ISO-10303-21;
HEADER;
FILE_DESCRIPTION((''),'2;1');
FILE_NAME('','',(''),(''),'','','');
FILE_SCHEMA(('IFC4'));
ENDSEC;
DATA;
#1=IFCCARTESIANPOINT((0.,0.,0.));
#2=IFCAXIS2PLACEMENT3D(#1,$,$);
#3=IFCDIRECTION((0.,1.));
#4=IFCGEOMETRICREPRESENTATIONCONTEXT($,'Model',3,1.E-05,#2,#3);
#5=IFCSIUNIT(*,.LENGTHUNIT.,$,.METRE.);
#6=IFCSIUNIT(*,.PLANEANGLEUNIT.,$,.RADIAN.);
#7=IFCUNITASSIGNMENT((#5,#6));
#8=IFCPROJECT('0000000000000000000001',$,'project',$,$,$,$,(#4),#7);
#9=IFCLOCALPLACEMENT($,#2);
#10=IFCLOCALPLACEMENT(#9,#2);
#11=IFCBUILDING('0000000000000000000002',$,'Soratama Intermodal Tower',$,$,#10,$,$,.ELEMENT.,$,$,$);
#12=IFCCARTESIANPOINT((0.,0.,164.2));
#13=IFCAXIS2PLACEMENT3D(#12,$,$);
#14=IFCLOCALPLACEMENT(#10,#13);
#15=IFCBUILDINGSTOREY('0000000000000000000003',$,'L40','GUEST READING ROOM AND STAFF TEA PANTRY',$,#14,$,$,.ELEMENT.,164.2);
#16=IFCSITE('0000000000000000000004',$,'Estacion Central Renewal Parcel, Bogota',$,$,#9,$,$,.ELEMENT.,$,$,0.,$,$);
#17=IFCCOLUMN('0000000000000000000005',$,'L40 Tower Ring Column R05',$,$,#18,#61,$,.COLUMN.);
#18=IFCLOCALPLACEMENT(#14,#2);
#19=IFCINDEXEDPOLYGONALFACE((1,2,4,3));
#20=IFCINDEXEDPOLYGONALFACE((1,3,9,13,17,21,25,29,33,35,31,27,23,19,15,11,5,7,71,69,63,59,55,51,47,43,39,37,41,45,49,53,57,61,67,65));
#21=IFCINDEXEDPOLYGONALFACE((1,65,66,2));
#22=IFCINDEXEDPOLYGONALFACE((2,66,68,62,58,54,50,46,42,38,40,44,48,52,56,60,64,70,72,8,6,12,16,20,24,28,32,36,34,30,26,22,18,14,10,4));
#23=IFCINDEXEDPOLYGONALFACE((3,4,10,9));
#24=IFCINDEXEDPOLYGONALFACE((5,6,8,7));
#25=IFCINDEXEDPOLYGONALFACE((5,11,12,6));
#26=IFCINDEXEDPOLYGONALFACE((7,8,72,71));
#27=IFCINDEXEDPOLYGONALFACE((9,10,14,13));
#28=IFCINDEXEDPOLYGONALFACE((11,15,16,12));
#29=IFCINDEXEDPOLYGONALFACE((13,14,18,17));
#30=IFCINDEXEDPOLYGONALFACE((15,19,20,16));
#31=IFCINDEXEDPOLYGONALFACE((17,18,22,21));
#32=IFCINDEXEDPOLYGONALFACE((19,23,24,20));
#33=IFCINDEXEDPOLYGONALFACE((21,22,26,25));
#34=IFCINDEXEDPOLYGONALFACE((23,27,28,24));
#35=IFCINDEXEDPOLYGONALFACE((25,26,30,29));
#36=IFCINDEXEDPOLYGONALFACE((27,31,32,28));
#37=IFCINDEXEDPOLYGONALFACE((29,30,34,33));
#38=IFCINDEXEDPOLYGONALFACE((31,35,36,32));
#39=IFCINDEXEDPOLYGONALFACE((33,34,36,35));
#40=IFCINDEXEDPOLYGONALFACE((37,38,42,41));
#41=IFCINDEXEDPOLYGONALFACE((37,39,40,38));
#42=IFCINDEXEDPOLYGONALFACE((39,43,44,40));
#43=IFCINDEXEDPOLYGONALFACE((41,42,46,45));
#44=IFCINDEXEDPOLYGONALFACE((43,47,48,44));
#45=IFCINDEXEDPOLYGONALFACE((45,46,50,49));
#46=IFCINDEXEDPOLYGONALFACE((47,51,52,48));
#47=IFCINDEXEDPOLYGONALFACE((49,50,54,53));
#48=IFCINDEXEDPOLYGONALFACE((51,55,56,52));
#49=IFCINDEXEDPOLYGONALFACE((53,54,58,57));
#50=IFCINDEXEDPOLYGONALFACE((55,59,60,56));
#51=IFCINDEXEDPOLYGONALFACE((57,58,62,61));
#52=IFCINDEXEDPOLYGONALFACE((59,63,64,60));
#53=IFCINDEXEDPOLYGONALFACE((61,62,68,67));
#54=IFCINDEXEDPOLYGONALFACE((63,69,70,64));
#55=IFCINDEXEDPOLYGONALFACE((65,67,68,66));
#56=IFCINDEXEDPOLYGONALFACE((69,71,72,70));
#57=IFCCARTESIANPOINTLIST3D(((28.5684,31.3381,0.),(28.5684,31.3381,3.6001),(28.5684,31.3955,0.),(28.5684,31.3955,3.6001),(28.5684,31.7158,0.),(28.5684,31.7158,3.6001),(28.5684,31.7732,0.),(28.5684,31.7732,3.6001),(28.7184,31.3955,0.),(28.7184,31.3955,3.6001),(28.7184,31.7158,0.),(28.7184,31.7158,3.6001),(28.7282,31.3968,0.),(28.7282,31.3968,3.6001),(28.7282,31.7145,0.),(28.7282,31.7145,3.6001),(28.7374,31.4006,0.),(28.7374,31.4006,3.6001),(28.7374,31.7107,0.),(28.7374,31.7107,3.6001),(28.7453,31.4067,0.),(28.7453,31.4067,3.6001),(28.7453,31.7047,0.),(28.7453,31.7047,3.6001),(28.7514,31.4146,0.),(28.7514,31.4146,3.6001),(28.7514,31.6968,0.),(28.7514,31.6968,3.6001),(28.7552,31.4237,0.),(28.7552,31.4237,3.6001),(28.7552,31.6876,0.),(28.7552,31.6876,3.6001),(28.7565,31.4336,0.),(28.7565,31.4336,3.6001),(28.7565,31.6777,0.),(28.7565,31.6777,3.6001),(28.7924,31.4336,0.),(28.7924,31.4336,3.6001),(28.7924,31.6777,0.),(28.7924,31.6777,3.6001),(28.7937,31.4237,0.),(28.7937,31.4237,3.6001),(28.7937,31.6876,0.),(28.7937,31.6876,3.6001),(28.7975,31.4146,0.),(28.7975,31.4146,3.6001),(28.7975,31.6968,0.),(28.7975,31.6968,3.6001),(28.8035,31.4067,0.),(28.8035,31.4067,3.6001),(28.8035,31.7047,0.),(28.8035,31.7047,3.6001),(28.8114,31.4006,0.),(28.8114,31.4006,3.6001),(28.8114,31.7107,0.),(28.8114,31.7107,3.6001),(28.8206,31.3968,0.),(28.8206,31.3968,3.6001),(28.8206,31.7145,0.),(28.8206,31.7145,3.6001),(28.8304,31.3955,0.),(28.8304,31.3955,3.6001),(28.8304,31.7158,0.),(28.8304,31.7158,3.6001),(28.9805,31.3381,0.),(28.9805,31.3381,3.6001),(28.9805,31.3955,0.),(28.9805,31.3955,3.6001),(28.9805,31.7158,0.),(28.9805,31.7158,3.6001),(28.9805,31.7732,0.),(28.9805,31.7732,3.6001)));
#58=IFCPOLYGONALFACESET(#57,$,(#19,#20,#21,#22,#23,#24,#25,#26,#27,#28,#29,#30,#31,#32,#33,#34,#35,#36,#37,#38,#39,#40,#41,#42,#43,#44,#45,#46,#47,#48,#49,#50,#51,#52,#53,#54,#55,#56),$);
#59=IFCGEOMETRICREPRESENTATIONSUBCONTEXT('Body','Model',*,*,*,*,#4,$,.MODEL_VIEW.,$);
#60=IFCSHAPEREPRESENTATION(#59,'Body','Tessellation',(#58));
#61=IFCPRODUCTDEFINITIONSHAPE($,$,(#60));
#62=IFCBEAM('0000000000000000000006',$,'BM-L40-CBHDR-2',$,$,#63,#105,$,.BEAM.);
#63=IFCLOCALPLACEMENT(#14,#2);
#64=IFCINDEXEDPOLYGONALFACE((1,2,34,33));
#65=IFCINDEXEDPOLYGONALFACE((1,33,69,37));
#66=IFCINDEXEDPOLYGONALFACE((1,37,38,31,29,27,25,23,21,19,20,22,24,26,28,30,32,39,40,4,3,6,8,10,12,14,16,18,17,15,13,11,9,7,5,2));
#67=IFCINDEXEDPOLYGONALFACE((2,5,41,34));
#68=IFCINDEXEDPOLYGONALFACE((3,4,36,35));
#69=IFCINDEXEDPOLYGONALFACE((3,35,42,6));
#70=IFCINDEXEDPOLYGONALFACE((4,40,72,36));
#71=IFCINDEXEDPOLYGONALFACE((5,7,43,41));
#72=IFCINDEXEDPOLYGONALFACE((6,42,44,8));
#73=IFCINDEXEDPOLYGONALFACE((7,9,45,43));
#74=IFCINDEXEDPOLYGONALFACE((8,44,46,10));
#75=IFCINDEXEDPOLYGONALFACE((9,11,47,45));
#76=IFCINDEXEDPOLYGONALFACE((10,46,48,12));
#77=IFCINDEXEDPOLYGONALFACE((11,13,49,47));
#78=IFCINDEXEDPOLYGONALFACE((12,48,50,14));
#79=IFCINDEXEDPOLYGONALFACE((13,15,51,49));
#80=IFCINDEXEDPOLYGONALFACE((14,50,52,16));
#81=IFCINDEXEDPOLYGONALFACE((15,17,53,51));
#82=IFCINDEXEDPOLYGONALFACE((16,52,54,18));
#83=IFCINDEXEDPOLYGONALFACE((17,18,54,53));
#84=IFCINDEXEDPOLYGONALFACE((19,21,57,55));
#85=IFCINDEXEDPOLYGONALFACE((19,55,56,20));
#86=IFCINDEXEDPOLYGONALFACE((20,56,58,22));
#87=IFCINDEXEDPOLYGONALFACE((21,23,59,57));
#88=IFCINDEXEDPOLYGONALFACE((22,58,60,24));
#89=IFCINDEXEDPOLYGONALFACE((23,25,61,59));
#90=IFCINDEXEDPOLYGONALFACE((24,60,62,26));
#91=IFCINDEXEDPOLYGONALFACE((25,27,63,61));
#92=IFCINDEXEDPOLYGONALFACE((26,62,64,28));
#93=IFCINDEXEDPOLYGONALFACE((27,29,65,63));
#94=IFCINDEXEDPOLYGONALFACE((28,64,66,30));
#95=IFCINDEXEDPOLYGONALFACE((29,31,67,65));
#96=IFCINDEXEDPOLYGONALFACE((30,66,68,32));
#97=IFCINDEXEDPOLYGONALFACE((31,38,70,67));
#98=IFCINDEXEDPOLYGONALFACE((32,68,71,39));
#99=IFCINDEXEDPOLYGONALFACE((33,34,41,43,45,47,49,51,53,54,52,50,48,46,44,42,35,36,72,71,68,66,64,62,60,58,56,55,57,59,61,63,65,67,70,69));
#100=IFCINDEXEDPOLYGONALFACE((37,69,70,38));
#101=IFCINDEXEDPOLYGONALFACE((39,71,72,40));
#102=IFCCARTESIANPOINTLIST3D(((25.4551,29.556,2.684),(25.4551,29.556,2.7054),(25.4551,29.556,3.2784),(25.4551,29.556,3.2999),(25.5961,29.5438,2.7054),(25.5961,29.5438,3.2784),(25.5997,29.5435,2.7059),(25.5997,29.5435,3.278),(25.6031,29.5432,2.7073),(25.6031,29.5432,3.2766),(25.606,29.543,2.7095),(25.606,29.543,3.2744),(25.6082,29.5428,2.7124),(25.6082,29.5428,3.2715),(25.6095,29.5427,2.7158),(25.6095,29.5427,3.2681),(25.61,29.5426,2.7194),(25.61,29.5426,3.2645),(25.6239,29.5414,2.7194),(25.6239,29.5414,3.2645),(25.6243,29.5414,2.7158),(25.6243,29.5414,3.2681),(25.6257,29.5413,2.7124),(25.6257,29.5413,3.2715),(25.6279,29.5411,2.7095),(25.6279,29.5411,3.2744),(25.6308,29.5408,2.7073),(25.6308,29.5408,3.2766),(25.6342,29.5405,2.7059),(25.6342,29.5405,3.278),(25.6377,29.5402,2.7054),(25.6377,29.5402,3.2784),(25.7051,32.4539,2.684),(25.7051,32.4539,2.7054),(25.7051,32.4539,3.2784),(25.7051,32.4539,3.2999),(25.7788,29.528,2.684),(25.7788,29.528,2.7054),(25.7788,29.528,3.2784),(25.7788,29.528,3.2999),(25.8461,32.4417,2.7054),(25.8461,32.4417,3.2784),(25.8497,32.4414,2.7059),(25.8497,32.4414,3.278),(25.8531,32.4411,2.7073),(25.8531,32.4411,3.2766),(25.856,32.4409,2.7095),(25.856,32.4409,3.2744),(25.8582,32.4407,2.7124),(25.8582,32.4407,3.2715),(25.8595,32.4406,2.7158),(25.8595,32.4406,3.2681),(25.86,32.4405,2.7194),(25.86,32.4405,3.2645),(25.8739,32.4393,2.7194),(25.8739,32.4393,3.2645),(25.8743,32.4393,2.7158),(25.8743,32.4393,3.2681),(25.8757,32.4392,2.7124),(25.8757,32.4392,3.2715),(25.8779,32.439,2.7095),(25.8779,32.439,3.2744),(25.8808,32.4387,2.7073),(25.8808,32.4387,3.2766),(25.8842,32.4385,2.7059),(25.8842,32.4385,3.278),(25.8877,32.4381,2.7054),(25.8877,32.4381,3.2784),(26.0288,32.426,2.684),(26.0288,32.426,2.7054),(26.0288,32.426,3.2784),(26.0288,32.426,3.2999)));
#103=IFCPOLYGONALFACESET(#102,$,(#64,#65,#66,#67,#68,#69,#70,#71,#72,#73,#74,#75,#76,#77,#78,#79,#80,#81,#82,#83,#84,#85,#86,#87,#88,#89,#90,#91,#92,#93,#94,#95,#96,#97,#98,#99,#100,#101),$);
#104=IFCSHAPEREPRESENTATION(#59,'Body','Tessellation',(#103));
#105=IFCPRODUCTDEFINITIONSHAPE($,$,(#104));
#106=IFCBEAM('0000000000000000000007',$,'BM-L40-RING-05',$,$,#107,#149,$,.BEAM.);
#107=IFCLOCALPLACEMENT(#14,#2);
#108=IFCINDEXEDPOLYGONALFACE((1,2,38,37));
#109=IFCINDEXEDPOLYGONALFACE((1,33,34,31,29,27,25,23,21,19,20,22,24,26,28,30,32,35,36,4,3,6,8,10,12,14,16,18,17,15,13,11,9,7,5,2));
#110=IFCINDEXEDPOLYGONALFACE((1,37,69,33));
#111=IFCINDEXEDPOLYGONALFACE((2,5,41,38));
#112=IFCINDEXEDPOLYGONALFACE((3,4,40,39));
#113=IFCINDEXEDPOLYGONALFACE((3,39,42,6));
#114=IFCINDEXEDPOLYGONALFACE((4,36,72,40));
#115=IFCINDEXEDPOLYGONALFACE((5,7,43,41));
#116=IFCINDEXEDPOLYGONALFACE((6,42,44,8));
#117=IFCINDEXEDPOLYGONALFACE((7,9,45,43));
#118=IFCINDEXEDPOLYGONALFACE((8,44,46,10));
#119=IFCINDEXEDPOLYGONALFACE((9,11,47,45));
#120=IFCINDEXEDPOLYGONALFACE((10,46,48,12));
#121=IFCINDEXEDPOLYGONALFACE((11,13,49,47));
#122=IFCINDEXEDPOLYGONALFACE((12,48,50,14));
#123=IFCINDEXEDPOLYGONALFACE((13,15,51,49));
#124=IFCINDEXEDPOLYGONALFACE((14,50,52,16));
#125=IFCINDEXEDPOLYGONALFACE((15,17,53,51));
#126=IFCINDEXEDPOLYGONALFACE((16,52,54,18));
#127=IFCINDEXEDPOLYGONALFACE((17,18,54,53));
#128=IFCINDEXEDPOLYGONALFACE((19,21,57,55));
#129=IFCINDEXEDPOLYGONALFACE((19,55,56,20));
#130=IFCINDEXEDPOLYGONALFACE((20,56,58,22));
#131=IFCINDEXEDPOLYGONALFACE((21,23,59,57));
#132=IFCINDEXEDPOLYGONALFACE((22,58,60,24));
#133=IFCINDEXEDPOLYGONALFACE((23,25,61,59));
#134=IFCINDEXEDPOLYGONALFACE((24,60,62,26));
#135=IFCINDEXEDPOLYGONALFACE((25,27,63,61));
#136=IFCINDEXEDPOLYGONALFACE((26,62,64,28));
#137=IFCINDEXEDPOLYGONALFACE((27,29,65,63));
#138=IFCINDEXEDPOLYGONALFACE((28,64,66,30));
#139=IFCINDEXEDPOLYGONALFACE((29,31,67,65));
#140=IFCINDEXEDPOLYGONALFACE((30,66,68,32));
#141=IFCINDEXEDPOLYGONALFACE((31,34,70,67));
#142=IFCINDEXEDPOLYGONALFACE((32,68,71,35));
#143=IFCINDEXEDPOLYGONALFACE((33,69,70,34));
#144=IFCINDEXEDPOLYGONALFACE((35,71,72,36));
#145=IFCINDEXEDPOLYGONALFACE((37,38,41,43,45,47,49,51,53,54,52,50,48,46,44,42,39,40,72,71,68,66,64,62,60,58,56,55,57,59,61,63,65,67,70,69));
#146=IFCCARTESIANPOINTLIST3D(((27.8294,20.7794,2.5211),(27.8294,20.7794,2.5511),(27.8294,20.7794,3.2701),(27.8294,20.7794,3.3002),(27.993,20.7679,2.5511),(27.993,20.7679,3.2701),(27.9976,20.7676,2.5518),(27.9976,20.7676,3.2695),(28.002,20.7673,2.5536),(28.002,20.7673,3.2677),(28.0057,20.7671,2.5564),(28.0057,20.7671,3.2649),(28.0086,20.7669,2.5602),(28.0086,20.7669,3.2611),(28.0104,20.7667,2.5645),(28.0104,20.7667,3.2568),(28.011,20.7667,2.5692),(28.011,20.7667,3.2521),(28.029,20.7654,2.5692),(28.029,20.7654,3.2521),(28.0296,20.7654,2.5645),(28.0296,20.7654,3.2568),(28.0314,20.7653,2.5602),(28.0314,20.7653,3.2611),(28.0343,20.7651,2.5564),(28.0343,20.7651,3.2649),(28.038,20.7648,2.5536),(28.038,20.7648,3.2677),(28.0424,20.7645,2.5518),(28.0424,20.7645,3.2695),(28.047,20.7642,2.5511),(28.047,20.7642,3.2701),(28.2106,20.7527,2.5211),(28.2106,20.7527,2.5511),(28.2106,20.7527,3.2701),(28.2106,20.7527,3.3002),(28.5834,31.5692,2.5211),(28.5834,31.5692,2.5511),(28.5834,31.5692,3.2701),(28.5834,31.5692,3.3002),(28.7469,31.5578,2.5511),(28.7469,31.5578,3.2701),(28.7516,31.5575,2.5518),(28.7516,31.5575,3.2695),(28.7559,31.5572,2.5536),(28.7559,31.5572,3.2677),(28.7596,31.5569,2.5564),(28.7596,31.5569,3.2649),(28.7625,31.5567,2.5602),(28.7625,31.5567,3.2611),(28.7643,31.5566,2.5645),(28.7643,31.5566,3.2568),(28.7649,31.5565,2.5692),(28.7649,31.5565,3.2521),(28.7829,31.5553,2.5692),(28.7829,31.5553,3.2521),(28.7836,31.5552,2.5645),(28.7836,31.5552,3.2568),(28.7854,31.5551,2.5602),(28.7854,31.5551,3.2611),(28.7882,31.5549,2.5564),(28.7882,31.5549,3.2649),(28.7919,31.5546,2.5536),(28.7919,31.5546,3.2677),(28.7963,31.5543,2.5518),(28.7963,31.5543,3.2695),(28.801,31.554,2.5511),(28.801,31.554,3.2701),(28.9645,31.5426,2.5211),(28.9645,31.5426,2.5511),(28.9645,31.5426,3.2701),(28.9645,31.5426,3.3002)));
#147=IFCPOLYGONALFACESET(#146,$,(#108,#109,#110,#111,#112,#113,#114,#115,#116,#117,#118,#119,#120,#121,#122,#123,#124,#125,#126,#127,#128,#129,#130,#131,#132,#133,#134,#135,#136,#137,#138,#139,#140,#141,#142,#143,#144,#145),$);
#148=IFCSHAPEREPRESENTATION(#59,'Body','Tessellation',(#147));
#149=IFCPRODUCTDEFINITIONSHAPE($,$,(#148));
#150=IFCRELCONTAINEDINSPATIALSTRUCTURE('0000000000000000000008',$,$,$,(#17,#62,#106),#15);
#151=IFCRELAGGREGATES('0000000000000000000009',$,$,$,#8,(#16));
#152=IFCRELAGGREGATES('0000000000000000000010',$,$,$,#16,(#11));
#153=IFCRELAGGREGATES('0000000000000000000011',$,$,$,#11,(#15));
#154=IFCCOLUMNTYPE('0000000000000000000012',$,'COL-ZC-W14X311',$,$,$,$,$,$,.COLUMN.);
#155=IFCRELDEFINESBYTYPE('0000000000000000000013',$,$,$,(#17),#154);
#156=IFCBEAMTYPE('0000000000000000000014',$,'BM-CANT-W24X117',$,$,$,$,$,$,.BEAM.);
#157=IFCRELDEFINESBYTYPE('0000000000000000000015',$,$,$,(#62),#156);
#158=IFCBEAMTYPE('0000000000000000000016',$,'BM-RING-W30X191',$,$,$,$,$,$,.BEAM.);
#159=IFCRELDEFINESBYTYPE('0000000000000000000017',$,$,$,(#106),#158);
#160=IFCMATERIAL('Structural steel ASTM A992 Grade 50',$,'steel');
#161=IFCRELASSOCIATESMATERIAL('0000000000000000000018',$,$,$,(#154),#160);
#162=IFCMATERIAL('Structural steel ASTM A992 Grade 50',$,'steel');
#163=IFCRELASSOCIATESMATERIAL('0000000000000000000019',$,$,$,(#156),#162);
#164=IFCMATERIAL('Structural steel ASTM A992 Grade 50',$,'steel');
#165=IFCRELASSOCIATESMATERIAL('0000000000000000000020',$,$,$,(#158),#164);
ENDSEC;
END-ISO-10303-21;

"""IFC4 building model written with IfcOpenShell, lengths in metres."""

from ifc_helpers import new_model, si_unit, direction, frame, origin, origin_2d, place, context, subcontext, project, spatial, i_section, extrude, material, material_profile, profile_set, type_object, element, save


model = new_model("IFC4")

# Units and contexts
model_context = context("Model", 3, precision=1e-05, world=origin(), true_north=direction((0.0, 1.0)))
body_context = subcontext(model_context, "Body", "Model", "MODEL_VIEW")
ifc_project = project(units=[si_unit("LENGTHUNIT", "METRE"), si_unit("PLANEANGLEUNIT", "RADIAN")], contexts=[model_context])

# Site, building, storey
site_placement = place(None, origin())
site = spatial("IfcSite", under=ifc_project, at=site_placement, Name="Estacion Central Renewal Parcel, Bogota", CompositionType="ELEMENT", RefElevation=0.0)
building_placement = place(site_placement, origin())
building = spatial("IfcBuilding", under=site, at=building_placement, Name="Soratama Intermodal Tower", CompositionType="ELEMENT")
storey_placement = place(building_placement, frame((0.0, 0.0, 164.2)))
storey = spatial("IfcBuildingStorey", under=building, at=storey_placement, Name="L40", Description="GUEST READING ROOM AND STAFF TEA PANTRY", CompositionType="ELEMENT", Elevation=164.2)

# Column
ifc_material_1 = material(Name="Structural steel ASTM A992 Grade 50", Category="steel")
ifc_material_profile_1 = material_profile(ifc_material_1, i_section(OverallWidth=0.4121, OverallDepth=0.4351, WebThickness=0.0359, FlangeThickness=0.0574, FilletRadius=0.0381, at=origin_2d()), Name="W14X311")
ifc_profile_set_1 = profile_set([ifc_material_profile_1], Name="Structural steel ASTM A992 Grade 50")
column_type = type_object("IfcColumnType", Name="COL-ZC-W14X311", PredefinedType="COLUMN", material=ifc_profile_set_1)
column_placement = place(storey_placement, frame((28.7744, 31.5557, 0.0), z_axis=(0.0, 0.0, 1.0), x_axis=(1.0, 0.0, 0.0)))
element("IfcColumn", 1, at=column_placement, inside=storey, type_object=column_type, Name="L40 Tower Ring Column R05", PredefinedType="COLUMN", context=body_context, shape_type="SweptSolid", body=[
    extrude(i_section(OverallWidth=0.4121, OverallDepth=0.4351, WebThickness=0.0359, FlangeThickness=0.0574, FilletRadius=0.0381, at=origin_2d()), origin(), (0.0, 0.0, 1.0), 3.6001),
])

# Beams
ifc_material_2 = material(Name="Structural steel ASTM A992 Grade 50", Category="steel")
ifc_material_profile_2 = material_profile(ifc_material_2, i_section(OverallWidth=0.325, OverallDepth=0.616, WebThickness=0.0139, FlangeThickness=0.0215, FilletRadius=0.0139, at=origin_2d()), Name="W24X117")
ifc_profile_set_2 = profile_set([ifc_material_profile_2], Name="Structural steel ASTM A992 Grade 50")
beam_type_1 = type_object("IfcBeamType", Name="BM-CANT-W24X117", PredefinedType="BEAM", material=ifc_profile_set_2)
beam_1_placement = place(storey_placement, frame((25.8669, 32.4399, 2.9919), z_axis=(-0.085949, -0.9963, 0.0), x_axis=(0.9963, -0.085949, 0.0)))
element("IfcBeam", 2, at=beam_1_placement, inside=storey, type_object=beam_type_1, Name="BM-L40-CBHDR-2", PredefinedType="BEAM", context=body_context, shape_type="SweptSolid", body=[
    extrude(i_section(OverallWidth=0.325, OverallDepth=0.616, WebThickness=0.0139, FlangeThickness=0.0215, FilletRadius=0.0139, at=origin_2d()), origin(), (0.0, 0.0, 1.0), 2.9087),
])
ifc_material_3 = material(Name="Structural steel ASTM A992 Grade 50", Category="steel")
ifc_material_profile_3 = material_profile(ifc_material_3, i_section(OverallWidth=0.3821, OverallDepth=0.7791, WebThickness=0.0181, FlangeThickness=0.03, FilletRadius=0.0181, at=origin_2d()), Name="W30X191")
ifc_profile_set_3 = profile_set([ifc_material_profile_3], Name="Structural steel ASTM A992 Grade 50")
beam_type_2 = type_object("IfcBeamType", Name="BM-RING-W30X191", PredefinedType="BEAM", material=ifc_profile_set_3)
beam_2_placement = place(storey_placement, frame((28.7739, 31.5559, 2.9106), z_axis=(-0.069702, -0.997568, 0.0), x_axis=(0.997568, -0.069702, 0.0)))
element("IfcBeam", 3, at=beam_2_placement, inside=storey, type_object=beam_type_2, Name="BM-L40-RING-05", PredefinedType="BEAM", context=body_context, shape_type="SweptSolid", body=[
    extrude(i_section(OverallWidth=0.3821, OverallDepth=0.7791, WebThickness=0.0181, FlangeThickness=0.03, FilletRadius=0.0181, at=origin_2d()), origin(), (0.0, 0.0, 1.0), 10.8162),
])

save(model, "model.ifc")
